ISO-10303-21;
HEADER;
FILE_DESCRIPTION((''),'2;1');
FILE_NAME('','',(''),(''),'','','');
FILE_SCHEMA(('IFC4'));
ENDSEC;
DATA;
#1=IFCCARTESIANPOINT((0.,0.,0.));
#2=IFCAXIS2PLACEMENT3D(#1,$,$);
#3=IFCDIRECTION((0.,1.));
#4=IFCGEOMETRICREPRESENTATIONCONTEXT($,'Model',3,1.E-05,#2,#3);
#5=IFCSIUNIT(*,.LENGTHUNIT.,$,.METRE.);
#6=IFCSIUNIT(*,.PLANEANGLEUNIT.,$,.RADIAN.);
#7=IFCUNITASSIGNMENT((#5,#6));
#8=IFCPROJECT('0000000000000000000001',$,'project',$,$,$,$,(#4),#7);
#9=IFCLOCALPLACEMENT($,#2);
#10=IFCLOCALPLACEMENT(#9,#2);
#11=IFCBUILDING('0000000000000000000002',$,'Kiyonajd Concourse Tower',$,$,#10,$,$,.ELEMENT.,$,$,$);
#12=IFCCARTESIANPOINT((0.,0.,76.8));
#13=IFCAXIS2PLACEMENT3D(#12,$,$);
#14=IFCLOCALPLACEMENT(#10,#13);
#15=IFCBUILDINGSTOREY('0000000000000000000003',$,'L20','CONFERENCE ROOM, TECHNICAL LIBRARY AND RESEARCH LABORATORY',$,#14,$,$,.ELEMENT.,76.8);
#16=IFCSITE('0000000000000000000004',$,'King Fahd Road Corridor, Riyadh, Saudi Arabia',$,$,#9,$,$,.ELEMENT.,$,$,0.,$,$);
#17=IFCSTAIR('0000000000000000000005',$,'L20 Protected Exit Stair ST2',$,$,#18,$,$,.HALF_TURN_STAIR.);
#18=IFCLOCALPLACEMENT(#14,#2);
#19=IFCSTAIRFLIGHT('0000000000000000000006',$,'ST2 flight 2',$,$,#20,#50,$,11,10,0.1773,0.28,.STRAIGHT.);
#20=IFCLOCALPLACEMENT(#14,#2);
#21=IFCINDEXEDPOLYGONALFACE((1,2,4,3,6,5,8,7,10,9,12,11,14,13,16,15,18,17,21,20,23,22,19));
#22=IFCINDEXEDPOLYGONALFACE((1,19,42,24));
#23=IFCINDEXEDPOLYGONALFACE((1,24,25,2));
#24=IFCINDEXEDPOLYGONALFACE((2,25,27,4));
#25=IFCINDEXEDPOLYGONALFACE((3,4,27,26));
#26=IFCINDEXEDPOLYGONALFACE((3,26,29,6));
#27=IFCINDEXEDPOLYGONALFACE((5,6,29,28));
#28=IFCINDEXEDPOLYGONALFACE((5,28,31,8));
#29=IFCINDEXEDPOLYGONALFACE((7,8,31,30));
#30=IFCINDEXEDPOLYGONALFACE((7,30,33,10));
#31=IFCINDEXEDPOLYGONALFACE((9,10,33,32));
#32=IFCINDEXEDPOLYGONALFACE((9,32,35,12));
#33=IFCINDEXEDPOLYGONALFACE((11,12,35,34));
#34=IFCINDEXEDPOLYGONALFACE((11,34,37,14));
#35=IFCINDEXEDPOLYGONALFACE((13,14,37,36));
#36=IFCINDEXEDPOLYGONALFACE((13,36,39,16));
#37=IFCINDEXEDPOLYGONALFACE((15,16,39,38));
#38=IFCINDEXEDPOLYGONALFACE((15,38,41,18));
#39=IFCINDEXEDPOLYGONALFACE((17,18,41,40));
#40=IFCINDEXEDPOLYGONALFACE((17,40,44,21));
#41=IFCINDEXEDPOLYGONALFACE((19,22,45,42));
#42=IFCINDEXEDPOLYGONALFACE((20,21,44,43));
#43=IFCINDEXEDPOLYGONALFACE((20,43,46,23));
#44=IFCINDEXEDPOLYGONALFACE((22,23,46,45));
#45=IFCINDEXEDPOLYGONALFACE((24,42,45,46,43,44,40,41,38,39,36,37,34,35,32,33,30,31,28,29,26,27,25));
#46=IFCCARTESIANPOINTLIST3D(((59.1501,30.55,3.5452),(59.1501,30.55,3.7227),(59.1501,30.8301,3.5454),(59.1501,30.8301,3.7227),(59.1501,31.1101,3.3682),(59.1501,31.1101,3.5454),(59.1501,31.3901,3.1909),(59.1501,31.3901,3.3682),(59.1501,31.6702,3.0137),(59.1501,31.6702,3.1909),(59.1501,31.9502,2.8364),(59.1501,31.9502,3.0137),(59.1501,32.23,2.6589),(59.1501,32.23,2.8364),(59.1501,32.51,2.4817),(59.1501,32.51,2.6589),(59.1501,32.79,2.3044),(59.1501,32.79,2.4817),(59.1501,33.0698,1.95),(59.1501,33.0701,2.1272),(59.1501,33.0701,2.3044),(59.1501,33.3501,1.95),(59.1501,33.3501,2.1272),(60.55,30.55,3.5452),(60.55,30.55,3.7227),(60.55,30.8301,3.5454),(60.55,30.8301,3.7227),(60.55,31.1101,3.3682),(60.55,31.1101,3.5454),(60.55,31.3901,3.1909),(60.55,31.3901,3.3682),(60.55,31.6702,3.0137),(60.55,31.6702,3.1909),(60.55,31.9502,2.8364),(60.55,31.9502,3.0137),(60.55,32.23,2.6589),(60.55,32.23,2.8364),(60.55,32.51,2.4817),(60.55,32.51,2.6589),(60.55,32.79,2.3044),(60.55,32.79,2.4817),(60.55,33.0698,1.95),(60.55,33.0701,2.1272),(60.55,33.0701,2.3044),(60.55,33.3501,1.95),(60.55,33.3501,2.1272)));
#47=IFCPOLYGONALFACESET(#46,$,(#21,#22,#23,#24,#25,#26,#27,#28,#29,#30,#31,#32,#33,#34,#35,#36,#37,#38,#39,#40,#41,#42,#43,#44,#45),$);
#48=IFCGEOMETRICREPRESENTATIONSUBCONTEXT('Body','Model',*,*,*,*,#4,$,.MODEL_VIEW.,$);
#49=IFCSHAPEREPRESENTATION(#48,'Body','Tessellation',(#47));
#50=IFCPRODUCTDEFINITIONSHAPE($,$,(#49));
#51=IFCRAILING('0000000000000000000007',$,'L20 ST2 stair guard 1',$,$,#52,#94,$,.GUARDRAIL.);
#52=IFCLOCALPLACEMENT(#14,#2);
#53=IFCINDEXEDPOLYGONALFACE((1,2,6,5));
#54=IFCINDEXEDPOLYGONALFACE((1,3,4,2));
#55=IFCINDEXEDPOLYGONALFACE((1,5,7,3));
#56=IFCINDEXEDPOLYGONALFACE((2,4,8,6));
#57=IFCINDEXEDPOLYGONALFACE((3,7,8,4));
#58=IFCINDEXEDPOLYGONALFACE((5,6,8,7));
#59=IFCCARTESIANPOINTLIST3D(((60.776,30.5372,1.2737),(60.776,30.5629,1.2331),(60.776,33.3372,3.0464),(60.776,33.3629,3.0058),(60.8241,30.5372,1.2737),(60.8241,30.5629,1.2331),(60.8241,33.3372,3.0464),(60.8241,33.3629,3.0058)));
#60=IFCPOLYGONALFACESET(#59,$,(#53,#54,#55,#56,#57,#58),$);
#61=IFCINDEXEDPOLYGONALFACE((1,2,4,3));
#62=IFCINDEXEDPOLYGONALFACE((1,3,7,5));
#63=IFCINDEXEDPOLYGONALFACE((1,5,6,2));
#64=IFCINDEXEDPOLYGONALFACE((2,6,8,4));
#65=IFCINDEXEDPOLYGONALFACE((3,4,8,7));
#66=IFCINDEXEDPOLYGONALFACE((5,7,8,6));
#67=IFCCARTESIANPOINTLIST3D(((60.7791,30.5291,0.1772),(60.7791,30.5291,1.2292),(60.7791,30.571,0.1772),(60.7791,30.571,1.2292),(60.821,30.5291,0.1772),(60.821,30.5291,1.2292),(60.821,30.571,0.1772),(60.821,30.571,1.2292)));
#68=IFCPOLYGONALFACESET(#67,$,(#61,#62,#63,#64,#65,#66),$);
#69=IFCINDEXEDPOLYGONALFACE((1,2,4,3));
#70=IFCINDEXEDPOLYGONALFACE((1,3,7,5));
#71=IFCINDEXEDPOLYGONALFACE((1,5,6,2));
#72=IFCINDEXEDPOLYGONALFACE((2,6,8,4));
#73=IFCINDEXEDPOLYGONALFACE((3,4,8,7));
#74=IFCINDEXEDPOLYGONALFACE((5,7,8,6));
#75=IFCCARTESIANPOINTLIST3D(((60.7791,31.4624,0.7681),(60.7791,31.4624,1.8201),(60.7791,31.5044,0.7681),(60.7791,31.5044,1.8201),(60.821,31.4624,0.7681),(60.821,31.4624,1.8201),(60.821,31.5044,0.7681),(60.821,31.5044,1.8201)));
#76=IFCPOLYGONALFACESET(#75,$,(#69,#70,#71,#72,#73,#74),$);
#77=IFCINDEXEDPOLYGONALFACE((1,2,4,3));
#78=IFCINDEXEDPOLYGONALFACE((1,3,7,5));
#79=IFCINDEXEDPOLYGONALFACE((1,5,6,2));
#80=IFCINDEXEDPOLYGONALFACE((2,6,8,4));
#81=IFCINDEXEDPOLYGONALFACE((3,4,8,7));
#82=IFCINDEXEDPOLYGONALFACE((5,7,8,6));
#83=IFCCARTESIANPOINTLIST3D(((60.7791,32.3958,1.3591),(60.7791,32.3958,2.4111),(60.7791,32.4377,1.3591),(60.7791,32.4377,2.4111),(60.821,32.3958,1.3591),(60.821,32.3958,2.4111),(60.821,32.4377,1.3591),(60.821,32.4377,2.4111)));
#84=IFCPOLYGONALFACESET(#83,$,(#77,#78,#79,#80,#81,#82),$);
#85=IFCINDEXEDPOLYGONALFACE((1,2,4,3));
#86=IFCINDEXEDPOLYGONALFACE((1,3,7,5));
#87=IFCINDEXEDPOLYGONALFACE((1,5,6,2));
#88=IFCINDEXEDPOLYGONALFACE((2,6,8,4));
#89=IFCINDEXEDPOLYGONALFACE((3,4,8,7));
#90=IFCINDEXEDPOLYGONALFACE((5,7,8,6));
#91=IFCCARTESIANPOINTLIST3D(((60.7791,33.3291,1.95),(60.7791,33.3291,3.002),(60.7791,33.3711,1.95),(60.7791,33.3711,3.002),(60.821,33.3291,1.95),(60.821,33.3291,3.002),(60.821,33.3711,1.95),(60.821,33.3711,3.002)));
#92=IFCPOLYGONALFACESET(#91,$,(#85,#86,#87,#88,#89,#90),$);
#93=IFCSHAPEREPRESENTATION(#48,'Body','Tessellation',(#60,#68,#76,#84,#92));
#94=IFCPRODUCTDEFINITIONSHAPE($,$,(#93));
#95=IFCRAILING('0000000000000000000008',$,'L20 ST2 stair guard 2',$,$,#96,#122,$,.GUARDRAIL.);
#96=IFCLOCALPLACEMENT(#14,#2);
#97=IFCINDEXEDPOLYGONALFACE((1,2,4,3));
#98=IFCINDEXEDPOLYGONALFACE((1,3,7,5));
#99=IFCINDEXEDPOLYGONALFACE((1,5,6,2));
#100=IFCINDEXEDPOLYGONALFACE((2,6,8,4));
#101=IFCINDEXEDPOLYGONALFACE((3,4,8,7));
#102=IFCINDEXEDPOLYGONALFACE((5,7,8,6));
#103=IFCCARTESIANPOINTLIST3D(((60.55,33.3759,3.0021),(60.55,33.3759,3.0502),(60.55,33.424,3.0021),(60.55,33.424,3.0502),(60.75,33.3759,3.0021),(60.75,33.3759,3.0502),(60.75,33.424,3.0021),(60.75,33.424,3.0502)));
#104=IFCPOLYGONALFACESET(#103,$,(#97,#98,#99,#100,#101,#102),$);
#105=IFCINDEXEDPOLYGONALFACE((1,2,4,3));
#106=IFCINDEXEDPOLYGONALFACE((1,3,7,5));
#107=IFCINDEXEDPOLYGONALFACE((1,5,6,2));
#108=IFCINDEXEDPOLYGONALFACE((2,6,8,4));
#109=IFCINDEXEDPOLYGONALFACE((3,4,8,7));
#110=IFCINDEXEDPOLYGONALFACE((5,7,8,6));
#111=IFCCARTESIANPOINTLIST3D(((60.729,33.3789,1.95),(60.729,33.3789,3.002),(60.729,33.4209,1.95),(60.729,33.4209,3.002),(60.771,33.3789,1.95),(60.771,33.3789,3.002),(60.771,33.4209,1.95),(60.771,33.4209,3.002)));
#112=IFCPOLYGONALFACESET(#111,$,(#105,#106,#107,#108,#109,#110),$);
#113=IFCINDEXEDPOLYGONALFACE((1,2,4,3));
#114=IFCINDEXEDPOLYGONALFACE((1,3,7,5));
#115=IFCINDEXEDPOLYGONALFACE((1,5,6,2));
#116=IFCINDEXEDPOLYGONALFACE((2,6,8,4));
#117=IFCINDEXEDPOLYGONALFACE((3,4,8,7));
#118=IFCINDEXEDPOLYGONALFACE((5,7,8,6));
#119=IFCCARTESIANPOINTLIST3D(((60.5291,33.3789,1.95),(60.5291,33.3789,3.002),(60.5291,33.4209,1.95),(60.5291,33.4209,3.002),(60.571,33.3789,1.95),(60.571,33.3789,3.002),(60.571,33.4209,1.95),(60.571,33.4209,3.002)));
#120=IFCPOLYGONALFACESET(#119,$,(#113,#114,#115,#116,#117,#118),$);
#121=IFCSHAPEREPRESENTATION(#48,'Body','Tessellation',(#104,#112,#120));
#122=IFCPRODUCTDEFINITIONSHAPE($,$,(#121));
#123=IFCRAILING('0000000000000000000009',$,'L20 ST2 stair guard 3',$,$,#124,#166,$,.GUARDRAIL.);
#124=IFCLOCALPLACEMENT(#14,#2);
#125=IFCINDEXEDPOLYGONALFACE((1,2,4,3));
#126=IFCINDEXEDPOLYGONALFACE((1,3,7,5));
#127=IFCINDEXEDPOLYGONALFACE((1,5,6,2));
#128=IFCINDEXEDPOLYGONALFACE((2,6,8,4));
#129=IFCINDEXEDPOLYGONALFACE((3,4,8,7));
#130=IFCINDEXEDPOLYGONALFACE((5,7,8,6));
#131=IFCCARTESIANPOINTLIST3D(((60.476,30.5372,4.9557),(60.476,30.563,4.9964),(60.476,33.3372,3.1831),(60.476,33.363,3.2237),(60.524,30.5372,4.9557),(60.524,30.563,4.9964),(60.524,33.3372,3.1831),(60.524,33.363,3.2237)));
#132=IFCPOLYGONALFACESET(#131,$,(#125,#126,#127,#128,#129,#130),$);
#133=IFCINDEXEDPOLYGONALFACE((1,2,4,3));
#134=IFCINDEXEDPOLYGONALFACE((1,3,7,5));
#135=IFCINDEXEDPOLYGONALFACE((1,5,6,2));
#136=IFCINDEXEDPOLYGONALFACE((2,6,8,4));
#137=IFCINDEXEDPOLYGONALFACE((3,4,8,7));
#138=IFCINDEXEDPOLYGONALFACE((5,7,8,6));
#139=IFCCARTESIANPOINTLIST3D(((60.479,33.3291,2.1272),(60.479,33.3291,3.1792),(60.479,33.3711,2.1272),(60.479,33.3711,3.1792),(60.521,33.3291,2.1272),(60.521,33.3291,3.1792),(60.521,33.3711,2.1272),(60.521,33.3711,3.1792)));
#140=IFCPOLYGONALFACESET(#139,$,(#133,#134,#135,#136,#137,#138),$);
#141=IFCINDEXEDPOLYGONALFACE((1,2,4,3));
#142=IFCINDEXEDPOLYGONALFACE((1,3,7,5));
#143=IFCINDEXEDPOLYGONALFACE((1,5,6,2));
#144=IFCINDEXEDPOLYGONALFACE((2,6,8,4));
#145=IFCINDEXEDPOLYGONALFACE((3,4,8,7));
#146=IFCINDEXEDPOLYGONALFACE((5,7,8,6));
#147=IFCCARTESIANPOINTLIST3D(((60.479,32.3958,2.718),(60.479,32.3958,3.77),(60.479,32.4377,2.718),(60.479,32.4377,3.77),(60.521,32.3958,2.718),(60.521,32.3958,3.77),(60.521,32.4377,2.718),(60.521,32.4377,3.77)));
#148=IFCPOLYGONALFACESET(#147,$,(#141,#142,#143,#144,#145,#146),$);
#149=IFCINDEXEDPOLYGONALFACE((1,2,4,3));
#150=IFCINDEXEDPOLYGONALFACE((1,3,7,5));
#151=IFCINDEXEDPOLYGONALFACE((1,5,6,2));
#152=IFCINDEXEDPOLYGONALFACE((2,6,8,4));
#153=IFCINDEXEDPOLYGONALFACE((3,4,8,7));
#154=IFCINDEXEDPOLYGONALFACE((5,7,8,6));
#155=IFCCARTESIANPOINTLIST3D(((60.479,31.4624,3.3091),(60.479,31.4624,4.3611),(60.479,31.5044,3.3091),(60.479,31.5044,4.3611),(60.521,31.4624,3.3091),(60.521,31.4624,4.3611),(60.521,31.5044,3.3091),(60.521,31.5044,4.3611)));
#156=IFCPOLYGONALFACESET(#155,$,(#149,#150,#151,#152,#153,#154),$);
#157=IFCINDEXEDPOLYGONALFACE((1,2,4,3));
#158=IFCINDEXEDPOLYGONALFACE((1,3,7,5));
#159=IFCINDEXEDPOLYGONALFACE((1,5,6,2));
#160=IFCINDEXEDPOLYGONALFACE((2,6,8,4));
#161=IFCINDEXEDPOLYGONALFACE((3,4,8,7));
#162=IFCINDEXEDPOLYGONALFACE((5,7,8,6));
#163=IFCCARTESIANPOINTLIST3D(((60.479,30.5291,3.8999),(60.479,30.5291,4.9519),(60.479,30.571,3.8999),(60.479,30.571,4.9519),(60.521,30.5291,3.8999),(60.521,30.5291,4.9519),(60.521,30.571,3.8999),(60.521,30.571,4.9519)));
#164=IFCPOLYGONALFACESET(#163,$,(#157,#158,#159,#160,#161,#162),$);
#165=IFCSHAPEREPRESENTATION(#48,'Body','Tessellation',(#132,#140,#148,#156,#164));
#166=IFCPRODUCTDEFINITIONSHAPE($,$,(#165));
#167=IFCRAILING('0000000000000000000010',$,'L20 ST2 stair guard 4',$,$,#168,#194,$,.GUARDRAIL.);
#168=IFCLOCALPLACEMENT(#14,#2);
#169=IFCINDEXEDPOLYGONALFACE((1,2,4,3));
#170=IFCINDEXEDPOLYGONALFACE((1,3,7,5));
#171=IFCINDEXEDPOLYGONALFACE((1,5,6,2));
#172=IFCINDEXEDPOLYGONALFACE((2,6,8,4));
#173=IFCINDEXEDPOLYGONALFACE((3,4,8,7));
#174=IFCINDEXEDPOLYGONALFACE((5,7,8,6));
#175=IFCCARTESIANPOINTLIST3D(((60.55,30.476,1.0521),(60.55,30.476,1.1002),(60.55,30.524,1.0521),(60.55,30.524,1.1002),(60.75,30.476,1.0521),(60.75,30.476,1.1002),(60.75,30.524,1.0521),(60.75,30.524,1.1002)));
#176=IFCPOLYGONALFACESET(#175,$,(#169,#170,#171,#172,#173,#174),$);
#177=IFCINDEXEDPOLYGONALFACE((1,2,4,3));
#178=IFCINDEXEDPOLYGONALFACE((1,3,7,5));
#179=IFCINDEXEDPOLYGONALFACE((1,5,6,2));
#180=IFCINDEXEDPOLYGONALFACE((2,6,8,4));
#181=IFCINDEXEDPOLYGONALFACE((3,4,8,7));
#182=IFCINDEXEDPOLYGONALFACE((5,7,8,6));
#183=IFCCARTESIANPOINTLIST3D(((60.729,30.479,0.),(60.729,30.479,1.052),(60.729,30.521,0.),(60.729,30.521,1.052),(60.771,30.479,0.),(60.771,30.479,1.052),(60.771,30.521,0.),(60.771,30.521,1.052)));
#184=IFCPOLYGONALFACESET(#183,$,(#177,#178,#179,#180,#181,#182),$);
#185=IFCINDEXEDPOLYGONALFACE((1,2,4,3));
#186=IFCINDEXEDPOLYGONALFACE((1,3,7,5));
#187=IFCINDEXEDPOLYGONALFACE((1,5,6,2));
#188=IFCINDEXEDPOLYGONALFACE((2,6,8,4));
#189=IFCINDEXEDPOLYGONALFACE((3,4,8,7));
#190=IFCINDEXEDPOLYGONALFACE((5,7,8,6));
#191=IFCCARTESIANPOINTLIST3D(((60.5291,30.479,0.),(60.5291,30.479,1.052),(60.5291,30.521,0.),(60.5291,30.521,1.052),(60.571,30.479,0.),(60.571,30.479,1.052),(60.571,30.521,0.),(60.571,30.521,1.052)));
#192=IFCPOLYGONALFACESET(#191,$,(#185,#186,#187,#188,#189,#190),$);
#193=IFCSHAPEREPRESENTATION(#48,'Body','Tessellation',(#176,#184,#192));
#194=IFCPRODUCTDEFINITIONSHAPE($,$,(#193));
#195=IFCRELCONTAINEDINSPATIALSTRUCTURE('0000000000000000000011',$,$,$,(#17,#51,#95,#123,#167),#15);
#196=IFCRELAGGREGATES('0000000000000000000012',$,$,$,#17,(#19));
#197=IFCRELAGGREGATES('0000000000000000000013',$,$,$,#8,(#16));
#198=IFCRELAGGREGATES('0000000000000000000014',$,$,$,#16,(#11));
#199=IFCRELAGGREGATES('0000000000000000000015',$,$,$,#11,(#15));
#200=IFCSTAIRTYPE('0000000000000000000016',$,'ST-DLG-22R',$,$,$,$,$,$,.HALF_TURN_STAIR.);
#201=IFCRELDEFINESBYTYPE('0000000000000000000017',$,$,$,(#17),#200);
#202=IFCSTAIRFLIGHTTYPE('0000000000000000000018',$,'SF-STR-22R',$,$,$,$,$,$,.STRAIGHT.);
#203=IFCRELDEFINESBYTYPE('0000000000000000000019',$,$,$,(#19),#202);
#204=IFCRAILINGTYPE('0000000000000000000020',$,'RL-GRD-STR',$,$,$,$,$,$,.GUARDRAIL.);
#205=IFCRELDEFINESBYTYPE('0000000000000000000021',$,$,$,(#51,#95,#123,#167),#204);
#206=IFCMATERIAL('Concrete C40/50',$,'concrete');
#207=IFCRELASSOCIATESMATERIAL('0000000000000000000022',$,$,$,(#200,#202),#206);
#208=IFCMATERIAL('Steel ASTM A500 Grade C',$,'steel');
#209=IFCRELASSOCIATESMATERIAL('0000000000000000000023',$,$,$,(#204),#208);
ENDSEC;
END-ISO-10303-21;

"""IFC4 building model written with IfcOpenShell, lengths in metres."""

from ifc_helpers import new_model, si_unit, direction, frame, origin, origin_2d, place, context, subcontext, project, spatial, polyline, rectangle, outline, extrude, material, type_object, element, aggregate, save


model = new_model("IFC4")

# Units and contexts
model_context = context("Model", 3, precision=1e-05, world=origin(), true_north=direction((0.0, 1.0)))
body_context = subcontext(model_context, "Body", "Model", "MODEL_VIEW")
ifc_project = project(units=[si_unit("LENGTHUNIT", "METRE"), si_unit("PLANEANGLEUNIT", "RADIAN")], contexts=[model_context])

# Site, building, storey
site_placement = place(None, origin())
site = spatial("IfcSite", under=ifc_project, at=site_placement, Name="King Fahd Road Corridor, Riyadh, Saudi Arabia", CompositionType="ELEMENT", RefElevation=0.0)
building_placement = place(site_placement, origin())
building = spatial("IfcBuilding", under=site, at=building_placement, Name="Kiyonajd Concourse Tower", CompositionType="ELEMENT")
storey_placement = place(building_placement, frame((0.0, 0.0, 76.8)))
storey = spatial("IfcBuildingStorey", under=building, at=storey_placement, Name="L20", Description="CONFERENCE ROOM, TECHNICAL LIBRARY AND RESEARCH LABORATORY", CompositionType="ELEMENT", Elevation=76.8)

# Stair, stair flight
ifc_material_1 = material(Name="Concrete C40/50", Category="concrete")
stair_type = type_object("IfcStairType", Name="ST-DLG-22R", PredefinedType="HALF_TURN_STAIR", material=ifc_material_1)
stair_placement = place(storey_placement, origin())
stair = element("IfcStair", 1, at=stair_placement, inside=storey, type_object=stair_type, Name="L20 Protected Exit Stair ST2", PredefinedType="HALF_TURN_STAIR")
stair_flight_type = type_object("IfcStairFlightType", Name="SF-STR-22R", PredefinedType="STRAIGHT", material=ifc_material_1)
stair_flight_1_placement = place(storey_placement, frame((59.8501, 33.3501, 1.95), z_axis=(0.0, 0.0, 1.0), x_axis=(0.0, -1.0, 0.0)))
stair_flight_1 = element("IfcStairFlight", 2, at=stair_flight_1_placement, type_object=stair_flight_type, Name="ST2 flight 2", NumberOfRisers=11, NumberOfTreads=10, PredefinedType="STRAIGHT", RiserHeight=0.1773, TreadLength=0.28, context=body_context, shape_type="SweptSolid", body=[
    extrude(outline(polyline([(0.0, 0.0), (0.0, 0.1772), (0.28, 0.1772), (0.28, 0.3545), (0.5601, 0.3545), (0.5601, 0.5317), (0.8401, 0.5317), (0.8401, 0.709), (1.1201, 0.709), (1.1201, 0.8865), (1.3999, 0.8865), (1.3999, 1.0637), (1.6799, 1.0637), (1.6799, 1.241), (1.96, 1.241), (1.96, 1.4182), (2.24, 1.4182), (2.24, 1.5955), (2.52, 1.5955), (2.52, 1.7727), (2.8, 1.7727), (2.8, 1.95), (2.8, 1.5952), (0.2803, 0.0), (0.0, 0.0)])), frame((0.0, 0.7, 0.0), z_axis=(0.0, -1.0, 0.0), x_axis=(1.0, 0.0, 0.0)), (0.0, 0.0, 1.0), 1.3999),
])
aggregate(stair, [stair_flight_1])

# Railings
ifc_material_2 = material(Name="Steel ASTM A500 Grade C", Category="steel")
railing_type_1 = type_object("IfcRailingType", Name="RL-GRD-STR", PredefinedType="GUARDRAIL", material=ifc_material_2)
railing_1_placement = place(storey_placement, frame((60.8, 30.55, 0.1772)))
element("IfcRailing", 3, at=railing_1_placement, inside=storey, type_object=railing_type_1, Name="L20 ST2 stair guard 1", PredefinedType="GUARDRAIL", context=body_context, shape_type="SweptSolid", body=[
    extrude(rectangle(XDim=0.0481, YDim=0.0481, at=origin_2d()), frame((0.0, 0.0, 1.0762), z_axis=(0.0, 0.844909, 0.53491), x_axis=(-1.0, 0.0, 0.0)), (0.0, 0.0, 1.0), 3.314),
    extrude(rectangle(XDim=0.042, YDim=0.042, at=origin_2d()), origin(), (0.0, 0.0, 1.0), 1.052),
    extrude(rectangle(XDim=0.042, YDim=0.042, at=origin_2d()), frame((0.0, 0.9333, 0.5908)), (0.0, 0.0, 1.0), 1.052),
    extrude(rectangle(XDim=0.042, YDim=0.042, at=origin_2d()), frame((0.0, 1.8667, 1.1819)), (0.0, 0.0, 1.0), 1.052),
    extrude(rectangle(XDim=0.042, YDim=0.042, at=origin_2d()), frame((0.0, 2.8, 1.7727)), (0.0, 0.0, 1.0), 1.052),
])
railing_2_placement = place(storey_placement, frame((60.75, 33.3999, 1.95)))
element("IfcRailing", 4, at=railing_2_placement, inside=storey, type_object=railing_type_1, Name="L20 ST2 stair guard 2", PredefinedType="GUARDRAIL", context=body_context, shape_type="SweptSolid", body=[
    extrude(rectangle(XDim=0.0481, YDim=0.0481, at=origin_2d()), frame((0.0, 0.0, 1.0762), z_axis=(-1.0, 0.0, 0.0), x_axis=(0.0, -1.0, 0.0)), (0.0, 0.0, 1.0), 0.2),
    extrude(rectangle(XDim=0.042, YDim=0.042, at=origin_2d()), origin(), (0.0, 0.0, 1.0), 1.052),
    extrude(rectangle(XDim=0.042, YDim=0.042, at=origin_2d()), frame((-0.2, 0.0, 0.0)), (0.0, 0.0, 1.0), 1.052),
])
railing_3_placement = place(storey_placement, frame((60.5, 33.3501, 2.1272)))
element("IfcRailing", 5, at=railing_3_placement, inside=storey, type_object=railing_type_1, Name="L20 ST2 stair guard 3", PredefinedType="GUARDRAIL", context=body_context, shape_type="SweptSolid", body=[
    extrude(rectangle(XDim=0.0481, YDim=0.0481, at=origin_2d()), frame((0.0, 0.0, 1.0762), z_axis=(0.0, -0.844909, 0.53491), x_axis=(1.0, 0.0, 0.0)), (0.0, 0.0, 1.0), 3.314),
    extrude(rectangle(XDim=0.042, YDim=0.042, at=origin_2d()), origin(), (0.0, 0.0, 1.0), 1.052),
    extrude(rectangle(XDim=0.042, YDim=0.042, at=origin_2d()), frame((0.0, -0.9333, 0.5908)), (0.0, 0.0, 1.0), 1.052),
    extrude(rectangle(XDim=0.042, YDim=0.042, at=origin_2d()), frame((0.0, -1.8667, 1.1819)), (0.0, 0.0, 1.0), 1.052),
    extrude(rectangle(XDim=0.042, YDim=0.042, at=origin_2d()), frame((0.0, -2.8, 1.7727)), (0.0, 0.0, 1.0), 1.052),
])
railing_4_placement = place(storey_placement, frame((60.75, 30.5, 0.0)))
element("IfcRailing", 6, at=railing_4_placement, inside=storey, type_object=railing_type_1, Name="L20 ST2 stair guard 4", PredefinedType="GUARDRAIL", context=body_context, shape_type="SweptSolid", body=[
    extrude(rectangle(XDim=0.0481, YDim=0.0481, at=origin_2d()), frame((0.0, 0.0, 1.0762), z_axis=(-1.0, 0.0, 0.0), x_axis=(0.0, -1.0, 0.0)), (0.0, 0.0, 1.0), 0.2),
    extrude(rectangle(XDim=0.042, YDim=0.042, at=origin_2d()), origin(), (0.0, 0.0, 1.0), 1.052),
    extrude(rectangle(XDim=0.042, YDim=0.042, at=origin_2d()), frame((-0.2, 0.0, 0.0)), (0.0, 0.0, 1.0), 1.052),
])

save(model, "model.ifc")
